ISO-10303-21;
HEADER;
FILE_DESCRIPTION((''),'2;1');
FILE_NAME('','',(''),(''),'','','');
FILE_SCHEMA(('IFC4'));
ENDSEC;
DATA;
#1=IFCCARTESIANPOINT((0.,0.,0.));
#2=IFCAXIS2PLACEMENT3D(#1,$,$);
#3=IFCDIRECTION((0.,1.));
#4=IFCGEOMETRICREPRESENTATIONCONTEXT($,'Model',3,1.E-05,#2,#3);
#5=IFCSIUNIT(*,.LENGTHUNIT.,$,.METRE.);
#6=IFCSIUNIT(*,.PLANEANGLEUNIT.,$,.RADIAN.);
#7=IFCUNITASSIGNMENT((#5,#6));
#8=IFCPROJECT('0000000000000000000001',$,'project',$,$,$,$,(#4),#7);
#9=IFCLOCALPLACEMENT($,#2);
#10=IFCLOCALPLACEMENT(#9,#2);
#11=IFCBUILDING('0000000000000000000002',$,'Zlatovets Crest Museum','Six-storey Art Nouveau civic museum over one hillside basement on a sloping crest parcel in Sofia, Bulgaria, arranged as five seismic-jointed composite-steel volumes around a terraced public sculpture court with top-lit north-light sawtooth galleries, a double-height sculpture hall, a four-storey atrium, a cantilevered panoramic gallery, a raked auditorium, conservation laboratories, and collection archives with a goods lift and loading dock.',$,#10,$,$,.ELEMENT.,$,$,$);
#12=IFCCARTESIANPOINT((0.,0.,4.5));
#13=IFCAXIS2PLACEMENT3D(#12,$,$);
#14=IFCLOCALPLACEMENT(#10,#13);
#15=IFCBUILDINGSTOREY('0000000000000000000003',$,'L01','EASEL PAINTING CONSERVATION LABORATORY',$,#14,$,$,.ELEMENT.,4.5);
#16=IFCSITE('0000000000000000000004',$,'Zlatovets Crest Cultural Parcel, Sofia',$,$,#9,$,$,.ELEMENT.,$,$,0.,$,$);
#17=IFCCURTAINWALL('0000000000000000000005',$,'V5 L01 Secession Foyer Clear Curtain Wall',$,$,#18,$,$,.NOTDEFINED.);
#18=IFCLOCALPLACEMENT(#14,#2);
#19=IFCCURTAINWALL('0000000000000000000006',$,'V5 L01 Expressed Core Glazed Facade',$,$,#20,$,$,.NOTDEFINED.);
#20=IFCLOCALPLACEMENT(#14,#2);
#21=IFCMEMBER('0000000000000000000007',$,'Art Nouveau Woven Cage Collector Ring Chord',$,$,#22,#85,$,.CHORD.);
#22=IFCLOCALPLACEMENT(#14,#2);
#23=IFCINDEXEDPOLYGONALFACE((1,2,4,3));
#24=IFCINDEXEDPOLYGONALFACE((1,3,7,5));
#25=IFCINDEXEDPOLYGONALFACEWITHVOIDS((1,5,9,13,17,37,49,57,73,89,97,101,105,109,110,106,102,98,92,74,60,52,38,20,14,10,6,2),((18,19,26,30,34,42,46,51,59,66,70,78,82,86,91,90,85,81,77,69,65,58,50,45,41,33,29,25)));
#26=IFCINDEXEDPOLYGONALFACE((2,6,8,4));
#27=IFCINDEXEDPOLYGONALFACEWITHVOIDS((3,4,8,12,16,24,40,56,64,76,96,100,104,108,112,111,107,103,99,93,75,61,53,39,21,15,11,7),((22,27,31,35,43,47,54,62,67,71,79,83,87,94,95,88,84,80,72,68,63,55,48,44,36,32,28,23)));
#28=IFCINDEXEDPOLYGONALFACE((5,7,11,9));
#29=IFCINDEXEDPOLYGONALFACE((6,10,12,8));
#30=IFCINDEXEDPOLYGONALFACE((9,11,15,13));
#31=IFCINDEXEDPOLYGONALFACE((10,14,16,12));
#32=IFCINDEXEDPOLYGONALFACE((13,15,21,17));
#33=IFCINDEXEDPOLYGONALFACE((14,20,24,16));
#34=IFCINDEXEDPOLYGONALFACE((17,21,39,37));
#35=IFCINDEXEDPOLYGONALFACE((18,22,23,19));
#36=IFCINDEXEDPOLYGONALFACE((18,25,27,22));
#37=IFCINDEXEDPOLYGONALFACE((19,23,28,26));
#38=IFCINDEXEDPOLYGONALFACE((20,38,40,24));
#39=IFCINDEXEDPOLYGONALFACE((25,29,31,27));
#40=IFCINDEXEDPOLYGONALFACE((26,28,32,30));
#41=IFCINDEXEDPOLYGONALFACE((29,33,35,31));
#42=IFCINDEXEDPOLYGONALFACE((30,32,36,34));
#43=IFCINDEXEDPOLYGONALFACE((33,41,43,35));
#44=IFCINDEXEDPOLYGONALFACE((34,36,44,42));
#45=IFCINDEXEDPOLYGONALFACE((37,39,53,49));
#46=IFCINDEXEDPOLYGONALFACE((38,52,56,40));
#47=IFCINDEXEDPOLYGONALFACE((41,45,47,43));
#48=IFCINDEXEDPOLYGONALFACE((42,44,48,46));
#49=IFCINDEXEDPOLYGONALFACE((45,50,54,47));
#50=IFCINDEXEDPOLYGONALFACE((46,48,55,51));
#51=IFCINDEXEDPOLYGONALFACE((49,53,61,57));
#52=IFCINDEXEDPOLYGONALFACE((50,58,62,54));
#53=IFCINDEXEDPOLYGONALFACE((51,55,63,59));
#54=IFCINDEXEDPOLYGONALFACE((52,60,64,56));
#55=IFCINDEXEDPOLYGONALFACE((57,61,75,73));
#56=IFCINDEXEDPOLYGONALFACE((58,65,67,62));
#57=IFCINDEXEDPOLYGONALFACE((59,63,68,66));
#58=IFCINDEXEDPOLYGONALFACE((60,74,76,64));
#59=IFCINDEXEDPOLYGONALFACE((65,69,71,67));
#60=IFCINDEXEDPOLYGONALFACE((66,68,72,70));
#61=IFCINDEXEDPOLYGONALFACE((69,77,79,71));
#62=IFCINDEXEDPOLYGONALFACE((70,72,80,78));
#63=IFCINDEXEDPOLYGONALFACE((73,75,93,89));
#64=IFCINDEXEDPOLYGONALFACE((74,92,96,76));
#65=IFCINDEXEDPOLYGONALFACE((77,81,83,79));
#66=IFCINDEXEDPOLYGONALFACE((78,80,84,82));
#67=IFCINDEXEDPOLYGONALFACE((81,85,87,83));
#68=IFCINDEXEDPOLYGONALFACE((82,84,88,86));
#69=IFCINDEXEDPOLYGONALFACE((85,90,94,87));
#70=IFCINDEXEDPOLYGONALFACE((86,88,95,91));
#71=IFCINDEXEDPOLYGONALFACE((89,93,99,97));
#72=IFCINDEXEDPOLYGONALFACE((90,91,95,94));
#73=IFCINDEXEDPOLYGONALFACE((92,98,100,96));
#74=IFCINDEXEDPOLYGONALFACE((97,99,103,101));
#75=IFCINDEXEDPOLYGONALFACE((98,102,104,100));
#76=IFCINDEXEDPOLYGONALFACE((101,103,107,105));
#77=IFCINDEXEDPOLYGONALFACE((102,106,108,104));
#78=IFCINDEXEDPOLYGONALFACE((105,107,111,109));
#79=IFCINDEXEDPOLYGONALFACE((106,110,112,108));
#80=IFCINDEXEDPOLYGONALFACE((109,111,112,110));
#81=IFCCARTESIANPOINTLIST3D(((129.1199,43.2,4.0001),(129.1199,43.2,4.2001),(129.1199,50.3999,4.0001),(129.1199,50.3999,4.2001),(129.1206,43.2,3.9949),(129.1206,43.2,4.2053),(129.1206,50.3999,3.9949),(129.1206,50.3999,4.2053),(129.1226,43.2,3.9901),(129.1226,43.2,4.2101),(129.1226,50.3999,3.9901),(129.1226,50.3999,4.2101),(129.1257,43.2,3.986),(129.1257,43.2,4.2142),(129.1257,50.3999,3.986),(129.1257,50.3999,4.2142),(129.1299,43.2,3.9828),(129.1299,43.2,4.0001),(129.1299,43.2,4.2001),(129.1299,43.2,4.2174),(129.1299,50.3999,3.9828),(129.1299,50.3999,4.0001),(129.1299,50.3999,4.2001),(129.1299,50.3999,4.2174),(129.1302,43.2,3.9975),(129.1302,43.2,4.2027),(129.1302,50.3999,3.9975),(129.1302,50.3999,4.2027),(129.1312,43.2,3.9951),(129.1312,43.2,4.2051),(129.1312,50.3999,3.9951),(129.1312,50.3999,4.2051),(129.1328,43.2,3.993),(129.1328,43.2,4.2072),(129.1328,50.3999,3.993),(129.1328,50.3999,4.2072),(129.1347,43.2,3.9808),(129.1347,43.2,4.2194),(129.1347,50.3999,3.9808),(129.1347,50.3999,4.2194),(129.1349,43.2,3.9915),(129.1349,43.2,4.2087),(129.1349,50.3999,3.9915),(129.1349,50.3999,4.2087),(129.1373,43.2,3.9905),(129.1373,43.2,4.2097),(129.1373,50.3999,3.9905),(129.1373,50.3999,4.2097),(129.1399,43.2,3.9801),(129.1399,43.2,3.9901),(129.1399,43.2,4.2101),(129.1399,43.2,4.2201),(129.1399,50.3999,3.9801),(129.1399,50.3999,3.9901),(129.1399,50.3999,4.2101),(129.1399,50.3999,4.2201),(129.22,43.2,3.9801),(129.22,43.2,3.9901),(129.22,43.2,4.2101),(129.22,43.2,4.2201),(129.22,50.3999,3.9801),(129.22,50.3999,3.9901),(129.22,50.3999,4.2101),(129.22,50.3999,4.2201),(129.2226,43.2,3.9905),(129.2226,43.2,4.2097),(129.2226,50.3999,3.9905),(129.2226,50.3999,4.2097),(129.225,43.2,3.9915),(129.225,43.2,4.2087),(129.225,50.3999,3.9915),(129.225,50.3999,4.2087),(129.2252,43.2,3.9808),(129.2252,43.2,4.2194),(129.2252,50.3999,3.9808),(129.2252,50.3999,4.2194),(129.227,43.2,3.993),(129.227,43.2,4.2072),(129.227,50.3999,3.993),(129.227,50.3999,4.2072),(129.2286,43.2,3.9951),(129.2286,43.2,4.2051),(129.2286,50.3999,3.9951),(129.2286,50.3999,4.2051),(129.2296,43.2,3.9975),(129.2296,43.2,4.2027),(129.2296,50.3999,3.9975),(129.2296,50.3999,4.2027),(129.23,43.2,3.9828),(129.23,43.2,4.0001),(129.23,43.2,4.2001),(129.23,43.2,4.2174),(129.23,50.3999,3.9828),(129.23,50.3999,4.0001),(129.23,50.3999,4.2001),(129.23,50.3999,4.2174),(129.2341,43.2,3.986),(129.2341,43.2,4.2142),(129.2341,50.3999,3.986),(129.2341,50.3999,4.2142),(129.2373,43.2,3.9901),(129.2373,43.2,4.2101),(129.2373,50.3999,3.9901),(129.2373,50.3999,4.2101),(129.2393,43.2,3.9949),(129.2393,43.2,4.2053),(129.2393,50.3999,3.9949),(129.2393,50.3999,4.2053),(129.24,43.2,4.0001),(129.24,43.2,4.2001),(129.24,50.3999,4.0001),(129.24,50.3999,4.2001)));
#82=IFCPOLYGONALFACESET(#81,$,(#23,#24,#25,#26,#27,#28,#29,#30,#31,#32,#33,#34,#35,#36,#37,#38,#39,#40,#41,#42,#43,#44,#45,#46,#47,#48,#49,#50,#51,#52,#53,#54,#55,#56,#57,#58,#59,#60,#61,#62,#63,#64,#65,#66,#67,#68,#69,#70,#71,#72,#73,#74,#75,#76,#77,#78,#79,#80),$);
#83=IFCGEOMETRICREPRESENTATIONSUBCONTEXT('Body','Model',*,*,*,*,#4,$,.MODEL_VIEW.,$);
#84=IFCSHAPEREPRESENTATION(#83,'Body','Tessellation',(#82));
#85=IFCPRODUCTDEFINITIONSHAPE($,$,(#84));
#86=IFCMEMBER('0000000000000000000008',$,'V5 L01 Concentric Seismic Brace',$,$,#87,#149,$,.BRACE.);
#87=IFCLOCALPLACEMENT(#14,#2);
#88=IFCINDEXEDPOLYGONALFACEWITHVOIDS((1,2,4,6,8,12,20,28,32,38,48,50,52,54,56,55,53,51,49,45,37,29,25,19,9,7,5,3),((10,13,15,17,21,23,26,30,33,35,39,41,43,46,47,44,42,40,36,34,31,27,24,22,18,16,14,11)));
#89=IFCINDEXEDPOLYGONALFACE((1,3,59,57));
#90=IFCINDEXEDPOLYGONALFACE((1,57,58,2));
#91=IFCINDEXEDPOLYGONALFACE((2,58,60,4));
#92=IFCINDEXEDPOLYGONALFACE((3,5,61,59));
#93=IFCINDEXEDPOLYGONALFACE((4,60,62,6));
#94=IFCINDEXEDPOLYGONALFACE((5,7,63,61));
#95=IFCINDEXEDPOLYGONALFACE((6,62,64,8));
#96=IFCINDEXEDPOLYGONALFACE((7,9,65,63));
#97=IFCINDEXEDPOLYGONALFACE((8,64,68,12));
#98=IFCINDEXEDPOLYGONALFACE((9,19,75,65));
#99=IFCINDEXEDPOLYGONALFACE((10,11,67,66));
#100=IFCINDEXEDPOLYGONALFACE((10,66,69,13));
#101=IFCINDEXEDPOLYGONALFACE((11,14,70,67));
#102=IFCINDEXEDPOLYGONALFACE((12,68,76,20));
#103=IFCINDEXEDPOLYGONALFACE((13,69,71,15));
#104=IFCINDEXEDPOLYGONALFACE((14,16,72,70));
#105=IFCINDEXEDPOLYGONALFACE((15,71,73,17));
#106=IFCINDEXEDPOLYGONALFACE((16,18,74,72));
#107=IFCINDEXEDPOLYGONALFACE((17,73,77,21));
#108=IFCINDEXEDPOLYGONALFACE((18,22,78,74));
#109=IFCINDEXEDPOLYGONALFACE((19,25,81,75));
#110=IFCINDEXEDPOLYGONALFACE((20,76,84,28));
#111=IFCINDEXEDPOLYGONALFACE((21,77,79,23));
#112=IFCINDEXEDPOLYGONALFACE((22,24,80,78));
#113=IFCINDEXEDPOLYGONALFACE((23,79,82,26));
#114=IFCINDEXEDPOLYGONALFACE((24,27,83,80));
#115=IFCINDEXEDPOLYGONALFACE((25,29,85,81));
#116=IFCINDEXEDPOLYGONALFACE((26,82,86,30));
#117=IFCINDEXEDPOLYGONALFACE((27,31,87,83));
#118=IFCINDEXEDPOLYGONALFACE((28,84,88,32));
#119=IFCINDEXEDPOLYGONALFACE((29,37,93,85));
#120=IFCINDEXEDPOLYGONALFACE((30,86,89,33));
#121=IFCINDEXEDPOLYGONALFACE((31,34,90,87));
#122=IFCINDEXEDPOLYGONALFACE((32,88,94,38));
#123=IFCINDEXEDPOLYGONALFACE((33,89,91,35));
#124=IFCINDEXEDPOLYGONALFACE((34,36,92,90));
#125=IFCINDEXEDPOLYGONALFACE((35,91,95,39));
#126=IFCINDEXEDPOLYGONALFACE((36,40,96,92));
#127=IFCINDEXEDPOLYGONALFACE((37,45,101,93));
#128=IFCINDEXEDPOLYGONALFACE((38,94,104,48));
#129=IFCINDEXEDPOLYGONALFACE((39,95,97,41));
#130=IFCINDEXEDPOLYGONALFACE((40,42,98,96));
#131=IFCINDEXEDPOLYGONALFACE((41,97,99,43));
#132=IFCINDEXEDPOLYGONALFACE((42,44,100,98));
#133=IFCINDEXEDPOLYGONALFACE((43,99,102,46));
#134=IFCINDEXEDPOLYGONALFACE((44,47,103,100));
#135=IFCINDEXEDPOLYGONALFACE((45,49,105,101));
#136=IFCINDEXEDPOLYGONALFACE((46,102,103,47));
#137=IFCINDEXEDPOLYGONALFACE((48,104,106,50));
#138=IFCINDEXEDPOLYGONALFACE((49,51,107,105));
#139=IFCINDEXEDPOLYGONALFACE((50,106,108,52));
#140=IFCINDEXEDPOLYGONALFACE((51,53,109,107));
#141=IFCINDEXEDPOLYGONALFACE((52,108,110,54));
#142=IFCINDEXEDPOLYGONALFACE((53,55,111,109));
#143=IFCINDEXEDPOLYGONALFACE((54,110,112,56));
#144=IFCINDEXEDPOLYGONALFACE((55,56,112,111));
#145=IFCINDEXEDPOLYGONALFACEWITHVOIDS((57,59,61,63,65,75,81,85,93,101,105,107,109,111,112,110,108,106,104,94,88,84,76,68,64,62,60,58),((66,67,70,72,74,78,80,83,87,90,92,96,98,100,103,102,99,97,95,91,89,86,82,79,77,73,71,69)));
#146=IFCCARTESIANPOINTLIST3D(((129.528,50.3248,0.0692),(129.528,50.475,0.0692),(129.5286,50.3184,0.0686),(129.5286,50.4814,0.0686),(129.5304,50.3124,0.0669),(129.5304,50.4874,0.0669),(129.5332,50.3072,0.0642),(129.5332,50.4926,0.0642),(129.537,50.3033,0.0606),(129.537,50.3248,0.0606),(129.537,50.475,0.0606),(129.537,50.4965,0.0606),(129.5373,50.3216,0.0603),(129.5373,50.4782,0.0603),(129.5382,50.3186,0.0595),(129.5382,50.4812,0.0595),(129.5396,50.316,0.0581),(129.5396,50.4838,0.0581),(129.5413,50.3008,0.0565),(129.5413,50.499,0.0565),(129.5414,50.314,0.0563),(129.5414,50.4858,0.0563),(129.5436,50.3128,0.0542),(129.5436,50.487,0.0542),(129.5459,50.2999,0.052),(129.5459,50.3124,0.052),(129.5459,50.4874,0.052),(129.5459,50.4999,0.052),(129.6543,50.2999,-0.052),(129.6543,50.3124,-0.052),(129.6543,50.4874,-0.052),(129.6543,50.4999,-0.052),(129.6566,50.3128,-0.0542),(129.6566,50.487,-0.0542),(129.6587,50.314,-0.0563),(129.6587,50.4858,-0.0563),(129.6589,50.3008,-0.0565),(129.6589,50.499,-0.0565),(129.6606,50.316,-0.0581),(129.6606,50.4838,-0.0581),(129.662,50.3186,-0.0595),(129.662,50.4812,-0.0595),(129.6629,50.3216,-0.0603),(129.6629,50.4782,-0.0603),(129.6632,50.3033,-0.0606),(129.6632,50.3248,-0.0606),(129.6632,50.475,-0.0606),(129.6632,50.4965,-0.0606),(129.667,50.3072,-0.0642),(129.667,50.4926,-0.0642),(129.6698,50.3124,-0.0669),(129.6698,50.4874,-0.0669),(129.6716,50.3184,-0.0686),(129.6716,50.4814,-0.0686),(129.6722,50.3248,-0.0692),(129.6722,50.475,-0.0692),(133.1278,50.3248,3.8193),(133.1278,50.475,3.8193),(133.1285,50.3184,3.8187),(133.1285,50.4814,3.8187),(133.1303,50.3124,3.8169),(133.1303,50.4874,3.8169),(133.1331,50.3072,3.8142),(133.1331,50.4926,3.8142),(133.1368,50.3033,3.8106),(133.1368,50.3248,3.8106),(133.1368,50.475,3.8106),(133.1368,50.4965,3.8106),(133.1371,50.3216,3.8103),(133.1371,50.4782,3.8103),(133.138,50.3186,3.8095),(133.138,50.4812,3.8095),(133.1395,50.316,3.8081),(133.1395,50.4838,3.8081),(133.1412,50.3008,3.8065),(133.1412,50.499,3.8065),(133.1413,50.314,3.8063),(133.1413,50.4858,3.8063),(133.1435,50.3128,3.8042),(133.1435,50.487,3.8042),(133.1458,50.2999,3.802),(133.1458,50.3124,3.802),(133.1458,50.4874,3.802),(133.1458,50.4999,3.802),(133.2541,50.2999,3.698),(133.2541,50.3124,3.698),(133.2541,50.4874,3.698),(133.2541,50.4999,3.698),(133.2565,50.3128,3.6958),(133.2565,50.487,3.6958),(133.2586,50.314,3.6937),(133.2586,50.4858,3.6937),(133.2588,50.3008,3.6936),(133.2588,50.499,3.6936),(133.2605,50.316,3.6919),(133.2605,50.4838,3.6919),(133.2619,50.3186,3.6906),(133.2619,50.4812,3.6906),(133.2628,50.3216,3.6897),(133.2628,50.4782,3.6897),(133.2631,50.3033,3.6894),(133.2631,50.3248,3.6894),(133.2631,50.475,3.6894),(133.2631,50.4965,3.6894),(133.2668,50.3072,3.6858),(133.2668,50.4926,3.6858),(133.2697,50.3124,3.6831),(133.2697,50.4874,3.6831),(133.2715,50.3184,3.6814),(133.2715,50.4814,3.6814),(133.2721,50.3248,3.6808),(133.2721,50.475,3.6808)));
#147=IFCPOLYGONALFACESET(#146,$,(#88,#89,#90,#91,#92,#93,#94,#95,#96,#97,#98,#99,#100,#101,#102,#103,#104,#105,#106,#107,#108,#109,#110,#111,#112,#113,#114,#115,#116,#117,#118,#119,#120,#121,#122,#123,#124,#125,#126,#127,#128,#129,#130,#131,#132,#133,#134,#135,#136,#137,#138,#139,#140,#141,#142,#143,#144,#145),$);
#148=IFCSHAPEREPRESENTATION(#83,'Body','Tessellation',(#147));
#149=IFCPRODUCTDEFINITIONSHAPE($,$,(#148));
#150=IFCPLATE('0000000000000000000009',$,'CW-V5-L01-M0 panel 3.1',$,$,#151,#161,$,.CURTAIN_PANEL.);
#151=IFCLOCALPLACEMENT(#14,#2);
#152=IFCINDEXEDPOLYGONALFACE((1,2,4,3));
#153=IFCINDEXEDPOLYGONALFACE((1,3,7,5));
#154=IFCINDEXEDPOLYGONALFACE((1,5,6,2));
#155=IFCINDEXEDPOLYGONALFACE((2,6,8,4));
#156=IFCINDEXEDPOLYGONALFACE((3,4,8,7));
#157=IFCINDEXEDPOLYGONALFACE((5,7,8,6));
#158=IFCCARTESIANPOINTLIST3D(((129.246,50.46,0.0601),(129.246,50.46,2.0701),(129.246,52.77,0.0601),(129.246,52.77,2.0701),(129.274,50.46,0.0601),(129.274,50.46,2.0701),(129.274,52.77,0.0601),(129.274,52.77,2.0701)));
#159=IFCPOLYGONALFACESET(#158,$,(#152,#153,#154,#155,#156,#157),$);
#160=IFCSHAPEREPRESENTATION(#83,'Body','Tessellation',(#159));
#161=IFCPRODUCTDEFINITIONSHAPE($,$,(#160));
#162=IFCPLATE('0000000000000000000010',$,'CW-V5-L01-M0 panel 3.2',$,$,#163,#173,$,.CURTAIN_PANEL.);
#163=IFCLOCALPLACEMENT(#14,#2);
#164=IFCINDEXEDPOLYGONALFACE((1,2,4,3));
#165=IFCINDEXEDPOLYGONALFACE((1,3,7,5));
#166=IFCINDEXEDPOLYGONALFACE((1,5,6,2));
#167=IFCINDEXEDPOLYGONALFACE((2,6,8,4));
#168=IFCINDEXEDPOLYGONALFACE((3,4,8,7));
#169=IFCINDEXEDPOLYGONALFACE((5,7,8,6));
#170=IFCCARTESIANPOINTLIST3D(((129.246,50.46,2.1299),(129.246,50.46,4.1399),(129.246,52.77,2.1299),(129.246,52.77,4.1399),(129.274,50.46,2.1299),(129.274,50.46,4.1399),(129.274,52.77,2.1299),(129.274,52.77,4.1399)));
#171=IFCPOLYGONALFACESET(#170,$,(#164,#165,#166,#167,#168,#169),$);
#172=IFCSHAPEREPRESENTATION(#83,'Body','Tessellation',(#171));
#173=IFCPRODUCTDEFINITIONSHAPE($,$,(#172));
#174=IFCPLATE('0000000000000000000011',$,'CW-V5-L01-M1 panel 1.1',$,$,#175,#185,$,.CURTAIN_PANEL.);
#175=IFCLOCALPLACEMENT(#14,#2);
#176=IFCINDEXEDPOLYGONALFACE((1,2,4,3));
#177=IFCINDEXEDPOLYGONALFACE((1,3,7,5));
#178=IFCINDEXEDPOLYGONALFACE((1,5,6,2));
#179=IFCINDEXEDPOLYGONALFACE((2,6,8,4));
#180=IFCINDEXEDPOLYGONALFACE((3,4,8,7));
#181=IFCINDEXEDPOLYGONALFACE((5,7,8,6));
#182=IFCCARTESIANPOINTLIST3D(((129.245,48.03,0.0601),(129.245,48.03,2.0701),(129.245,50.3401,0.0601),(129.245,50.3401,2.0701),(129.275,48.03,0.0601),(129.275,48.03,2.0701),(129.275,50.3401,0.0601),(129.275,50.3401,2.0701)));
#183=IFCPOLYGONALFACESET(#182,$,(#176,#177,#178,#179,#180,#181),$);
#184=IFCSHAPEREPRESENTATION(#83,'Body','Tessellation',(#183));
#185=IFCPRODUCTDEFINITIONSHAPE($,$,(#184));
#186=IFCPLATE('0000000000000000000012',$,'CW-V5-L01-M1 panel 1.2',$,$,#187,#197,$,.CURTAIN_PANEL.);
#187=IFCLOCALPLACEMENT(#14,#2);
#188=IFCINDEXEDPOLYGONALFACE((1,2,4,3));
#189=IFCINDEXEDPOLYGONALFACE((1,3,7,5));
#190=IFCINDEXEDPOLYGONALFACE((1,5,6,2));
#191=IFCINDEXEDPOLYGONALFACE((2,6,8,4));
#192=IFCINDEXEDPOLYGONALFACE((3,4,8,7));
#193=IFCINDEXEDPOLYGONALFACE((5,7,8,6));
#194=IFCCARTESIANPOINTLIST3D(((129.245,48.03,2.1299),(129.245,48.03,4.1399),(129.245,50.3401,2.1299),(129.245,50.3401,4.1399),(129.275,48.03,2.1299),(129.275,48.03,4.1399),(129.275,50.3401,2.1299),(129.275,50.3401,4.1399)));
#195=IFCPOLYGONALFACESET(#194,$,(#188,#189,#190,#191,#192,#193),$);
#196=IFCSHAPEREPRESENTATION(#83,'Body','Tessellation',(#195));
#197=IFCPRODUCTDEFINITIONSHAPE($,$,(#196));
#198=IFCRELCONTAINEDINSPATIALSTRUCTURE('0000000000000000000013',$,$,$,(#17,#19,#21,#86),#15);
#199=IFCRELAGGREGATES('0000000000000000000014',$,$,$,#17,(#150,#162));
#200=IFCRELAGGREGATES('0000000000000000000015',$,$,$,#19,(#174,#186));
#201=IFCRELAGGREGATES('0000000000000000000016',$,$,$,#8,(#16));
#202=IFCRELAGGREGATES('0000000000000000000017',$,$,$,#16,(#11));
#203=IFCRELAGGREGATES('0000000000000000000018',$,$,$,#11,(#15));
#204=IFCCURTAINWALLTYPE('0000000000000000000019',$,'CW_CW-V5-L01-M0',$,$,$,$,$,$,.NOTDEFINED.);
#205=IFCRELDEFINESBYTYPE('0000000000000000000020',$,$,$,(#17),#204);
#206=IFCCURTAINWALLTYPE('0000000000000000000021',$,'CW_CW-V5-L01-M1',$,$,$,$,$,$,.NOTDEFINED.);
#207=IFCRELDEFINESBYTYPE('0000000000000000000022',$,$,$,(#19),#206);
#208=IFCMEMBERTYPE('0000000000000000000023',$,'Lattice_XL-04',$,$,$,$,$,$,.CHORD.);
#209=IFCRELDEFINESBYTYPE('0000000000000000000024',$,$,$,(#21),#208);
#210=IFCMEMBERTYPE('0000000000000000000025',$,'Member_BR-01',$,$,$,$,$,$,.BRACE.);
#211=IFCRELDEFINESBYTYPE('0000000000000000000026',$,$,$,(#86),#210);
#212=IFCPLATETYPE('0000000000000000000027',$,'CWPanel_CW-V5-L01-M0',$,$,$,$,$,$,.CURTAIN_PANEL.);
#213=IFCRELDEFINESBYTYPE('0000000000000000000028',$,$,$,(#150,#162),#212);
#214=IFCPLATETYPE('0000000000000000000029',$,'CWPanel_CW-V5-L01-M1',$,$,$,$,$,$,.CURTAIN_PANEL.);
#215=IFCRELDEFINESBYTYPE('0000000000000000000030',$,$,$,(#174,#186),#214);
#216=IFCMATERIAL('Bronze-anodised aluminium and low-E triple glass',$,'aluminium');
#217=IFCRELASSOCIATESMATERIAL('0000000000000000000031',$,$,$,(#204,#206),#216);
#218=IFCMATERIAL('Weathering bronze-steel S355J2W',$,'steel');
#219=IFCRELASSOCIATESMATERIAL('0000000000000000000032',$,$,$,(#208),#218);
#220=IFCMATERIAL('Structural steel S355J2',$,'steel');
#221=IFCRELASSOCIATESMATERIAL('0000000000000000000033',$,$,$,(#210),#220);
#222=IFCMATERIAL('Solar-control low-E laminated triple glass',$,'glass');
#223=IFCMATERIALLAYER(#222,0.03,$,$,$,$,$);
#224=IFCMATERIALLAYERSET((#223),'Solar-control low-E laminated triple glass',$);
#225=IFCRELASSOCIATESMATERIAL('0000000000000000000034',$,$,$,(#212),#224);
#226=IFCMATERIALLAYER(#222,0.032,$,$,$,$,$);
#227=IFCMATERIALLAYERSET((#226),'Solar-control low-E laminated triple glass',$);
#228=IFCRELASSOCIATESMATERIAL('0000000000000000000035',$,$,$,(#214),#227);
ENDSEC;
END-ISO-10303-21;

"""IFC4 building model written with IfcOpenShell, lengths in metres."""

from ifc_helpers import new_model, si_unit, direction, frame, origin, origin_2d, place, context, subcontext, project, spatial, rectangle, hollow_rectangle, extrude, material, layer, layer_set, material_profile, profile_set, type_object, element, aggregate, save


model = new_model("IFC4")

# Units and contexts
model_context = context("Model", 3, precision=1e-05, world=origin(), true_north=direction((0.0, 1.0)))
body_context = subcontext(model_context, "Body", "Model", "MODEL_VIEW")
ifc_project = project(units=[si_unit("LENGTHUNIT", "METRE"), si_unit("PLANEANGLEUNIT", "RADIAN")], contexts=[model_context])

# Site, building, storey
site_placement = place(None, origin())
site = spatial("IfcSite", under=ifc_project, at=site_placement, Name="Zlatovets Crest Cultural Parcel, Sofia", CompositionType="ELEMENT", RefElevation=0.0)
building_placement = place(site_placement, origin())
building = spatial("IfcBuilding", under=site, at=building_placement, Name="Zlatovets Crest Museum", Description="Six-storey Art Nouveau civic museum over one hillside basement on a sloping crest parcel in Sofia, Bulgaria, arranged as five seismic-jointed composite-steel volumes around a terraced public sculpture court with top-lit north-light sawtooth galleries, a double-height sculpture hall, a four-storey atrium, a cantilevered panoramic gallery, a raked auditorium, conservation laboratories, and collection archives with a goods lift and loading dock.", CompositionType="ELEMENT")
storey_placement = place(building_placement, frame((0.0, 0.0, 4.5)))
storey = spatial("IfcBuildingStorey", under=building, at=storey_placement, Name="L01", Description="EASEL PAINTING CONSERVATION LABORATORY", CompositionType="ELEMENT", Elevation=4.5)

# Shared definitions
ifc_material_1 = material(Name="Structural steel S355J2", Category="steel")

# Curtain walls
ifc_material_2 = material(Name="Bronze-anodised aluminium and low-E triple glass", Category="aluminium")
curtain_wall_type_1 = type_object("IfcCurtainWallType", Name="CW_CW-V5-L01-M0", PredefinedType="NOTDEFINED", material=ifc_material_2)
curtain_wall_1_placement = place(storey_placement, origin())
curtain_wall_1 = element("IfcCurtainWall", 1, at=curtain_wall_1_placement, inside=storey, type_object=curtain_wall_type_1, Name="V5 L01 Secession Foyer Clear Curtain Wall", PredefinedType="NOTDEFINED")
curtain_wall_type_2 = type_object("IfcCurtainWallType", Name="CW_CW-V5-L01-M1", PredefinedType="NOTDEFINED", material=ifc_material_2)
curtain_wall_2_placement = place(storey_placement, origin())
curtain_wall_2 = element("IfcCurtainWall", 2, at=curtain_wall_2_placement, inside=storey, type_object=curtain_wall_type_2, Name="V5 L01 Expressed Core Glazed Facade", PredefinedType="NOTDEFINED")

# Members
ifc_material_3 = material(Name="Weathering bronze-steel S355J2W", Category="steel")
ifc_material_profile_1 = material_profile(ifc_material_3, hollow_rectangle(XDim=0.1201, YDim=0.24, WallThickness=0.01, InnerFilletRadius=0.01, OuterFilletRadius=0.02, at=origin_2d()), Name="RHS 120x240x10.0")
ifc_profile_set_1 = profile_set([ifc_material_profile_1], Name="Weathering bronze-steel S355J2W")
member_type_1 = type_object("IfcMemberType", Name="Lattice_XL-04", PredefinedType="CHORD", material=ifc_profile_set_1)
member_1_placement = place(storey_placement, frame((129.1799, 50.3999, 4.1001), z_axis=(0.0, -1.0, 0.0), x_axis=(1.0, 0.0, 0.0)))
element("IfcMember", 3, at=member_1_placement, inside=storey, type_object=member_type_1, Name="Art Nouveau Woven Cage Collector Ring Chord", PredefinedType="CHORD", context=body_context, shape_type="SweptSolid", body=[
    extrude(hollow_rectangle(XDim=0.1201, YDim=0.24, WallThickness=0.01, InnerFilletRadius=0.01, OuterFilletRadius=0.02, at=origin_2d()), origin(), (0.0, 0.0, 1.0), 7.2),
])
ifc_material_profile_2 = material_profile(ifc_material_1, hollow_rectangle(XDim=0.2, YDim=0.2, WallThickness=0.0125, InnerFilletRadius=0.0125, OuterFilletRadius=0.0249, at=origin_2d()), Name="SHS 200x200x12.5")
ifc_profile_set_2 = profile_set([ifc_material_profile_2], Name="Structural steel S355J2")
member_type_2 = type_object("IfcMemberType", Name="Member_BR-01", PredefinedType="BRACE", material=ifc_profile_set_2)
member_2_placement = place(storey_placement, frame((129.6001, 50.3999, 0.0), z_axis=(0.692517, 0.0, 0.721401), x_axis=(0.0, 1.0, 0.0)))
element("IfcMember", 4, at=member_2_placement, inside=storey, type_object=member_type_2, Name="V5 L01 Concentric Seismic Brace", PredefinedType="BRACE", context=body_context, shape_type="SweptSolid", body=[
    extrude(hollow_rectangle(XDim=0.2, YDim=0.2, WallThickness=0.0125, InnerFilletRadius=0.0125, OuterFilletRadius=0.0249, at=origin_2d()), origin(), (0.0, 0.0, 1.0), 5.1982),
])

# Plates
ifc_material_4 = material(Name="Solar-control low-E laminated triple glass", Category="glass")
ifc_layer_1 = layer(ifc_material_4, 0.03)
ifc_layer_set_1 = layer_set([ifc_layer_1], Name="Solar-control low-E laminated triple glass")
plate_type_1 = type_object("IfcPlateType", Name="CWPanel_CW-V5-L01-M0", PredefinedType="CURTAIN_PANEL", material=ifc_layer_set_1)
plate_1_placement = place(storey_placement, frame((129.26, 51.615, 0.0601), z_axis=(0.0, 0.0, 1.0), x_axis=(0.0, -1.0, 0.0)))
plate_1 = element("IfcPlate", 5, at=plate_1_placement, type_object=plate_type_1, Name="CW-V5-L01-M0 panel 3.1", PredefinedType="CURTAIN_PANEL", context=body_context, shape_type="SweptSolid", body=[
    extrude(rectangle(XDim=2.3101, YDim=0.0281, at=origin_2d()), origin(), (0.0, 0.0, 1.0), 2.01),
])
plate_2_placement = place(storey_placement, frame((129.26, 51.615, 2.1299), z_axis=(0.0, 0.0, 1.0), x_axis=(0.0, -1.0, 0.0)))
plate_2 = element("IfcPlate", 6, at=plate_2_placement, type_object=plate_type_1, Name="CW-V5-L01-M0 panel 3.2", PredefinedType="CURTAIN_PANEL", context=body_context, shape_type="SweptSolid", body=[
    extrude(rectangle(XDim=2.3101, YDim=0.0281, at=origin_2d()), origin(), (0.0, 0.0, 1.0), 2.01),
])
aggregate(curtain_wall_1, [plate_1, plate_2])
ifc_layer_2 = layer(ifc_material_4, 0.032)
ifc_layer_set_2 = layer_set([ifc_layer_2], Name="Solar-control low-E laminated triple glass")
plate_type_2 = type_object("IfcPlateType", Name="CWPanel_CW-V5-L01-M1", PredefinedType="CURTAIN_PANEL", material=ifc_layer_set_2)
plate_3_placement = place(storey_placement, frame((129.26, 49.1851, 0.0601), z_axis=(0.0, 0.0, 1.0), x_axis=(0.0, -1.0, 0.0)))
plate_3 = element("IfcPlate", 7, at=plate_3_placement, type_object=plate_type_2, Name="CW-V5-L01-M1 panel 1.1", PredefinedType="CURTAIN_PANEL", context=body_context, shape_type="SweptSolid", body=[
    extrude(rectangle(XDim=2.3101, YDim=0.03, at=origin_2d()), origin(), (0.0, 0.0, 1.0), 2.01),
])
plate_4_placement = place(storey_placement, frame((129.26, 49.1851, 2.1299), z_axis=(0.0, 0.0, 1.0), x_axis=(0.0, -1.0, 0.0)))
plate_4 = element("IfcPlate", 8, at=plate_4_placement, type_object=plate_type_2, Name="CW-V5-L01-M1 panel 1.2", PredefinedType="CURTAIN_PANEL", context=body_context, shape_type="SweptSolid", body=[
    extrude(rectangle(XDim=2.3101, YDim=0.03, at=origin_2d()), origin(), (0.0, 0.0, 1.0), 2.01),
])
aggregate(curtain_wall_2, [plate_3, plate_4])

save(model, "model.ifc")
